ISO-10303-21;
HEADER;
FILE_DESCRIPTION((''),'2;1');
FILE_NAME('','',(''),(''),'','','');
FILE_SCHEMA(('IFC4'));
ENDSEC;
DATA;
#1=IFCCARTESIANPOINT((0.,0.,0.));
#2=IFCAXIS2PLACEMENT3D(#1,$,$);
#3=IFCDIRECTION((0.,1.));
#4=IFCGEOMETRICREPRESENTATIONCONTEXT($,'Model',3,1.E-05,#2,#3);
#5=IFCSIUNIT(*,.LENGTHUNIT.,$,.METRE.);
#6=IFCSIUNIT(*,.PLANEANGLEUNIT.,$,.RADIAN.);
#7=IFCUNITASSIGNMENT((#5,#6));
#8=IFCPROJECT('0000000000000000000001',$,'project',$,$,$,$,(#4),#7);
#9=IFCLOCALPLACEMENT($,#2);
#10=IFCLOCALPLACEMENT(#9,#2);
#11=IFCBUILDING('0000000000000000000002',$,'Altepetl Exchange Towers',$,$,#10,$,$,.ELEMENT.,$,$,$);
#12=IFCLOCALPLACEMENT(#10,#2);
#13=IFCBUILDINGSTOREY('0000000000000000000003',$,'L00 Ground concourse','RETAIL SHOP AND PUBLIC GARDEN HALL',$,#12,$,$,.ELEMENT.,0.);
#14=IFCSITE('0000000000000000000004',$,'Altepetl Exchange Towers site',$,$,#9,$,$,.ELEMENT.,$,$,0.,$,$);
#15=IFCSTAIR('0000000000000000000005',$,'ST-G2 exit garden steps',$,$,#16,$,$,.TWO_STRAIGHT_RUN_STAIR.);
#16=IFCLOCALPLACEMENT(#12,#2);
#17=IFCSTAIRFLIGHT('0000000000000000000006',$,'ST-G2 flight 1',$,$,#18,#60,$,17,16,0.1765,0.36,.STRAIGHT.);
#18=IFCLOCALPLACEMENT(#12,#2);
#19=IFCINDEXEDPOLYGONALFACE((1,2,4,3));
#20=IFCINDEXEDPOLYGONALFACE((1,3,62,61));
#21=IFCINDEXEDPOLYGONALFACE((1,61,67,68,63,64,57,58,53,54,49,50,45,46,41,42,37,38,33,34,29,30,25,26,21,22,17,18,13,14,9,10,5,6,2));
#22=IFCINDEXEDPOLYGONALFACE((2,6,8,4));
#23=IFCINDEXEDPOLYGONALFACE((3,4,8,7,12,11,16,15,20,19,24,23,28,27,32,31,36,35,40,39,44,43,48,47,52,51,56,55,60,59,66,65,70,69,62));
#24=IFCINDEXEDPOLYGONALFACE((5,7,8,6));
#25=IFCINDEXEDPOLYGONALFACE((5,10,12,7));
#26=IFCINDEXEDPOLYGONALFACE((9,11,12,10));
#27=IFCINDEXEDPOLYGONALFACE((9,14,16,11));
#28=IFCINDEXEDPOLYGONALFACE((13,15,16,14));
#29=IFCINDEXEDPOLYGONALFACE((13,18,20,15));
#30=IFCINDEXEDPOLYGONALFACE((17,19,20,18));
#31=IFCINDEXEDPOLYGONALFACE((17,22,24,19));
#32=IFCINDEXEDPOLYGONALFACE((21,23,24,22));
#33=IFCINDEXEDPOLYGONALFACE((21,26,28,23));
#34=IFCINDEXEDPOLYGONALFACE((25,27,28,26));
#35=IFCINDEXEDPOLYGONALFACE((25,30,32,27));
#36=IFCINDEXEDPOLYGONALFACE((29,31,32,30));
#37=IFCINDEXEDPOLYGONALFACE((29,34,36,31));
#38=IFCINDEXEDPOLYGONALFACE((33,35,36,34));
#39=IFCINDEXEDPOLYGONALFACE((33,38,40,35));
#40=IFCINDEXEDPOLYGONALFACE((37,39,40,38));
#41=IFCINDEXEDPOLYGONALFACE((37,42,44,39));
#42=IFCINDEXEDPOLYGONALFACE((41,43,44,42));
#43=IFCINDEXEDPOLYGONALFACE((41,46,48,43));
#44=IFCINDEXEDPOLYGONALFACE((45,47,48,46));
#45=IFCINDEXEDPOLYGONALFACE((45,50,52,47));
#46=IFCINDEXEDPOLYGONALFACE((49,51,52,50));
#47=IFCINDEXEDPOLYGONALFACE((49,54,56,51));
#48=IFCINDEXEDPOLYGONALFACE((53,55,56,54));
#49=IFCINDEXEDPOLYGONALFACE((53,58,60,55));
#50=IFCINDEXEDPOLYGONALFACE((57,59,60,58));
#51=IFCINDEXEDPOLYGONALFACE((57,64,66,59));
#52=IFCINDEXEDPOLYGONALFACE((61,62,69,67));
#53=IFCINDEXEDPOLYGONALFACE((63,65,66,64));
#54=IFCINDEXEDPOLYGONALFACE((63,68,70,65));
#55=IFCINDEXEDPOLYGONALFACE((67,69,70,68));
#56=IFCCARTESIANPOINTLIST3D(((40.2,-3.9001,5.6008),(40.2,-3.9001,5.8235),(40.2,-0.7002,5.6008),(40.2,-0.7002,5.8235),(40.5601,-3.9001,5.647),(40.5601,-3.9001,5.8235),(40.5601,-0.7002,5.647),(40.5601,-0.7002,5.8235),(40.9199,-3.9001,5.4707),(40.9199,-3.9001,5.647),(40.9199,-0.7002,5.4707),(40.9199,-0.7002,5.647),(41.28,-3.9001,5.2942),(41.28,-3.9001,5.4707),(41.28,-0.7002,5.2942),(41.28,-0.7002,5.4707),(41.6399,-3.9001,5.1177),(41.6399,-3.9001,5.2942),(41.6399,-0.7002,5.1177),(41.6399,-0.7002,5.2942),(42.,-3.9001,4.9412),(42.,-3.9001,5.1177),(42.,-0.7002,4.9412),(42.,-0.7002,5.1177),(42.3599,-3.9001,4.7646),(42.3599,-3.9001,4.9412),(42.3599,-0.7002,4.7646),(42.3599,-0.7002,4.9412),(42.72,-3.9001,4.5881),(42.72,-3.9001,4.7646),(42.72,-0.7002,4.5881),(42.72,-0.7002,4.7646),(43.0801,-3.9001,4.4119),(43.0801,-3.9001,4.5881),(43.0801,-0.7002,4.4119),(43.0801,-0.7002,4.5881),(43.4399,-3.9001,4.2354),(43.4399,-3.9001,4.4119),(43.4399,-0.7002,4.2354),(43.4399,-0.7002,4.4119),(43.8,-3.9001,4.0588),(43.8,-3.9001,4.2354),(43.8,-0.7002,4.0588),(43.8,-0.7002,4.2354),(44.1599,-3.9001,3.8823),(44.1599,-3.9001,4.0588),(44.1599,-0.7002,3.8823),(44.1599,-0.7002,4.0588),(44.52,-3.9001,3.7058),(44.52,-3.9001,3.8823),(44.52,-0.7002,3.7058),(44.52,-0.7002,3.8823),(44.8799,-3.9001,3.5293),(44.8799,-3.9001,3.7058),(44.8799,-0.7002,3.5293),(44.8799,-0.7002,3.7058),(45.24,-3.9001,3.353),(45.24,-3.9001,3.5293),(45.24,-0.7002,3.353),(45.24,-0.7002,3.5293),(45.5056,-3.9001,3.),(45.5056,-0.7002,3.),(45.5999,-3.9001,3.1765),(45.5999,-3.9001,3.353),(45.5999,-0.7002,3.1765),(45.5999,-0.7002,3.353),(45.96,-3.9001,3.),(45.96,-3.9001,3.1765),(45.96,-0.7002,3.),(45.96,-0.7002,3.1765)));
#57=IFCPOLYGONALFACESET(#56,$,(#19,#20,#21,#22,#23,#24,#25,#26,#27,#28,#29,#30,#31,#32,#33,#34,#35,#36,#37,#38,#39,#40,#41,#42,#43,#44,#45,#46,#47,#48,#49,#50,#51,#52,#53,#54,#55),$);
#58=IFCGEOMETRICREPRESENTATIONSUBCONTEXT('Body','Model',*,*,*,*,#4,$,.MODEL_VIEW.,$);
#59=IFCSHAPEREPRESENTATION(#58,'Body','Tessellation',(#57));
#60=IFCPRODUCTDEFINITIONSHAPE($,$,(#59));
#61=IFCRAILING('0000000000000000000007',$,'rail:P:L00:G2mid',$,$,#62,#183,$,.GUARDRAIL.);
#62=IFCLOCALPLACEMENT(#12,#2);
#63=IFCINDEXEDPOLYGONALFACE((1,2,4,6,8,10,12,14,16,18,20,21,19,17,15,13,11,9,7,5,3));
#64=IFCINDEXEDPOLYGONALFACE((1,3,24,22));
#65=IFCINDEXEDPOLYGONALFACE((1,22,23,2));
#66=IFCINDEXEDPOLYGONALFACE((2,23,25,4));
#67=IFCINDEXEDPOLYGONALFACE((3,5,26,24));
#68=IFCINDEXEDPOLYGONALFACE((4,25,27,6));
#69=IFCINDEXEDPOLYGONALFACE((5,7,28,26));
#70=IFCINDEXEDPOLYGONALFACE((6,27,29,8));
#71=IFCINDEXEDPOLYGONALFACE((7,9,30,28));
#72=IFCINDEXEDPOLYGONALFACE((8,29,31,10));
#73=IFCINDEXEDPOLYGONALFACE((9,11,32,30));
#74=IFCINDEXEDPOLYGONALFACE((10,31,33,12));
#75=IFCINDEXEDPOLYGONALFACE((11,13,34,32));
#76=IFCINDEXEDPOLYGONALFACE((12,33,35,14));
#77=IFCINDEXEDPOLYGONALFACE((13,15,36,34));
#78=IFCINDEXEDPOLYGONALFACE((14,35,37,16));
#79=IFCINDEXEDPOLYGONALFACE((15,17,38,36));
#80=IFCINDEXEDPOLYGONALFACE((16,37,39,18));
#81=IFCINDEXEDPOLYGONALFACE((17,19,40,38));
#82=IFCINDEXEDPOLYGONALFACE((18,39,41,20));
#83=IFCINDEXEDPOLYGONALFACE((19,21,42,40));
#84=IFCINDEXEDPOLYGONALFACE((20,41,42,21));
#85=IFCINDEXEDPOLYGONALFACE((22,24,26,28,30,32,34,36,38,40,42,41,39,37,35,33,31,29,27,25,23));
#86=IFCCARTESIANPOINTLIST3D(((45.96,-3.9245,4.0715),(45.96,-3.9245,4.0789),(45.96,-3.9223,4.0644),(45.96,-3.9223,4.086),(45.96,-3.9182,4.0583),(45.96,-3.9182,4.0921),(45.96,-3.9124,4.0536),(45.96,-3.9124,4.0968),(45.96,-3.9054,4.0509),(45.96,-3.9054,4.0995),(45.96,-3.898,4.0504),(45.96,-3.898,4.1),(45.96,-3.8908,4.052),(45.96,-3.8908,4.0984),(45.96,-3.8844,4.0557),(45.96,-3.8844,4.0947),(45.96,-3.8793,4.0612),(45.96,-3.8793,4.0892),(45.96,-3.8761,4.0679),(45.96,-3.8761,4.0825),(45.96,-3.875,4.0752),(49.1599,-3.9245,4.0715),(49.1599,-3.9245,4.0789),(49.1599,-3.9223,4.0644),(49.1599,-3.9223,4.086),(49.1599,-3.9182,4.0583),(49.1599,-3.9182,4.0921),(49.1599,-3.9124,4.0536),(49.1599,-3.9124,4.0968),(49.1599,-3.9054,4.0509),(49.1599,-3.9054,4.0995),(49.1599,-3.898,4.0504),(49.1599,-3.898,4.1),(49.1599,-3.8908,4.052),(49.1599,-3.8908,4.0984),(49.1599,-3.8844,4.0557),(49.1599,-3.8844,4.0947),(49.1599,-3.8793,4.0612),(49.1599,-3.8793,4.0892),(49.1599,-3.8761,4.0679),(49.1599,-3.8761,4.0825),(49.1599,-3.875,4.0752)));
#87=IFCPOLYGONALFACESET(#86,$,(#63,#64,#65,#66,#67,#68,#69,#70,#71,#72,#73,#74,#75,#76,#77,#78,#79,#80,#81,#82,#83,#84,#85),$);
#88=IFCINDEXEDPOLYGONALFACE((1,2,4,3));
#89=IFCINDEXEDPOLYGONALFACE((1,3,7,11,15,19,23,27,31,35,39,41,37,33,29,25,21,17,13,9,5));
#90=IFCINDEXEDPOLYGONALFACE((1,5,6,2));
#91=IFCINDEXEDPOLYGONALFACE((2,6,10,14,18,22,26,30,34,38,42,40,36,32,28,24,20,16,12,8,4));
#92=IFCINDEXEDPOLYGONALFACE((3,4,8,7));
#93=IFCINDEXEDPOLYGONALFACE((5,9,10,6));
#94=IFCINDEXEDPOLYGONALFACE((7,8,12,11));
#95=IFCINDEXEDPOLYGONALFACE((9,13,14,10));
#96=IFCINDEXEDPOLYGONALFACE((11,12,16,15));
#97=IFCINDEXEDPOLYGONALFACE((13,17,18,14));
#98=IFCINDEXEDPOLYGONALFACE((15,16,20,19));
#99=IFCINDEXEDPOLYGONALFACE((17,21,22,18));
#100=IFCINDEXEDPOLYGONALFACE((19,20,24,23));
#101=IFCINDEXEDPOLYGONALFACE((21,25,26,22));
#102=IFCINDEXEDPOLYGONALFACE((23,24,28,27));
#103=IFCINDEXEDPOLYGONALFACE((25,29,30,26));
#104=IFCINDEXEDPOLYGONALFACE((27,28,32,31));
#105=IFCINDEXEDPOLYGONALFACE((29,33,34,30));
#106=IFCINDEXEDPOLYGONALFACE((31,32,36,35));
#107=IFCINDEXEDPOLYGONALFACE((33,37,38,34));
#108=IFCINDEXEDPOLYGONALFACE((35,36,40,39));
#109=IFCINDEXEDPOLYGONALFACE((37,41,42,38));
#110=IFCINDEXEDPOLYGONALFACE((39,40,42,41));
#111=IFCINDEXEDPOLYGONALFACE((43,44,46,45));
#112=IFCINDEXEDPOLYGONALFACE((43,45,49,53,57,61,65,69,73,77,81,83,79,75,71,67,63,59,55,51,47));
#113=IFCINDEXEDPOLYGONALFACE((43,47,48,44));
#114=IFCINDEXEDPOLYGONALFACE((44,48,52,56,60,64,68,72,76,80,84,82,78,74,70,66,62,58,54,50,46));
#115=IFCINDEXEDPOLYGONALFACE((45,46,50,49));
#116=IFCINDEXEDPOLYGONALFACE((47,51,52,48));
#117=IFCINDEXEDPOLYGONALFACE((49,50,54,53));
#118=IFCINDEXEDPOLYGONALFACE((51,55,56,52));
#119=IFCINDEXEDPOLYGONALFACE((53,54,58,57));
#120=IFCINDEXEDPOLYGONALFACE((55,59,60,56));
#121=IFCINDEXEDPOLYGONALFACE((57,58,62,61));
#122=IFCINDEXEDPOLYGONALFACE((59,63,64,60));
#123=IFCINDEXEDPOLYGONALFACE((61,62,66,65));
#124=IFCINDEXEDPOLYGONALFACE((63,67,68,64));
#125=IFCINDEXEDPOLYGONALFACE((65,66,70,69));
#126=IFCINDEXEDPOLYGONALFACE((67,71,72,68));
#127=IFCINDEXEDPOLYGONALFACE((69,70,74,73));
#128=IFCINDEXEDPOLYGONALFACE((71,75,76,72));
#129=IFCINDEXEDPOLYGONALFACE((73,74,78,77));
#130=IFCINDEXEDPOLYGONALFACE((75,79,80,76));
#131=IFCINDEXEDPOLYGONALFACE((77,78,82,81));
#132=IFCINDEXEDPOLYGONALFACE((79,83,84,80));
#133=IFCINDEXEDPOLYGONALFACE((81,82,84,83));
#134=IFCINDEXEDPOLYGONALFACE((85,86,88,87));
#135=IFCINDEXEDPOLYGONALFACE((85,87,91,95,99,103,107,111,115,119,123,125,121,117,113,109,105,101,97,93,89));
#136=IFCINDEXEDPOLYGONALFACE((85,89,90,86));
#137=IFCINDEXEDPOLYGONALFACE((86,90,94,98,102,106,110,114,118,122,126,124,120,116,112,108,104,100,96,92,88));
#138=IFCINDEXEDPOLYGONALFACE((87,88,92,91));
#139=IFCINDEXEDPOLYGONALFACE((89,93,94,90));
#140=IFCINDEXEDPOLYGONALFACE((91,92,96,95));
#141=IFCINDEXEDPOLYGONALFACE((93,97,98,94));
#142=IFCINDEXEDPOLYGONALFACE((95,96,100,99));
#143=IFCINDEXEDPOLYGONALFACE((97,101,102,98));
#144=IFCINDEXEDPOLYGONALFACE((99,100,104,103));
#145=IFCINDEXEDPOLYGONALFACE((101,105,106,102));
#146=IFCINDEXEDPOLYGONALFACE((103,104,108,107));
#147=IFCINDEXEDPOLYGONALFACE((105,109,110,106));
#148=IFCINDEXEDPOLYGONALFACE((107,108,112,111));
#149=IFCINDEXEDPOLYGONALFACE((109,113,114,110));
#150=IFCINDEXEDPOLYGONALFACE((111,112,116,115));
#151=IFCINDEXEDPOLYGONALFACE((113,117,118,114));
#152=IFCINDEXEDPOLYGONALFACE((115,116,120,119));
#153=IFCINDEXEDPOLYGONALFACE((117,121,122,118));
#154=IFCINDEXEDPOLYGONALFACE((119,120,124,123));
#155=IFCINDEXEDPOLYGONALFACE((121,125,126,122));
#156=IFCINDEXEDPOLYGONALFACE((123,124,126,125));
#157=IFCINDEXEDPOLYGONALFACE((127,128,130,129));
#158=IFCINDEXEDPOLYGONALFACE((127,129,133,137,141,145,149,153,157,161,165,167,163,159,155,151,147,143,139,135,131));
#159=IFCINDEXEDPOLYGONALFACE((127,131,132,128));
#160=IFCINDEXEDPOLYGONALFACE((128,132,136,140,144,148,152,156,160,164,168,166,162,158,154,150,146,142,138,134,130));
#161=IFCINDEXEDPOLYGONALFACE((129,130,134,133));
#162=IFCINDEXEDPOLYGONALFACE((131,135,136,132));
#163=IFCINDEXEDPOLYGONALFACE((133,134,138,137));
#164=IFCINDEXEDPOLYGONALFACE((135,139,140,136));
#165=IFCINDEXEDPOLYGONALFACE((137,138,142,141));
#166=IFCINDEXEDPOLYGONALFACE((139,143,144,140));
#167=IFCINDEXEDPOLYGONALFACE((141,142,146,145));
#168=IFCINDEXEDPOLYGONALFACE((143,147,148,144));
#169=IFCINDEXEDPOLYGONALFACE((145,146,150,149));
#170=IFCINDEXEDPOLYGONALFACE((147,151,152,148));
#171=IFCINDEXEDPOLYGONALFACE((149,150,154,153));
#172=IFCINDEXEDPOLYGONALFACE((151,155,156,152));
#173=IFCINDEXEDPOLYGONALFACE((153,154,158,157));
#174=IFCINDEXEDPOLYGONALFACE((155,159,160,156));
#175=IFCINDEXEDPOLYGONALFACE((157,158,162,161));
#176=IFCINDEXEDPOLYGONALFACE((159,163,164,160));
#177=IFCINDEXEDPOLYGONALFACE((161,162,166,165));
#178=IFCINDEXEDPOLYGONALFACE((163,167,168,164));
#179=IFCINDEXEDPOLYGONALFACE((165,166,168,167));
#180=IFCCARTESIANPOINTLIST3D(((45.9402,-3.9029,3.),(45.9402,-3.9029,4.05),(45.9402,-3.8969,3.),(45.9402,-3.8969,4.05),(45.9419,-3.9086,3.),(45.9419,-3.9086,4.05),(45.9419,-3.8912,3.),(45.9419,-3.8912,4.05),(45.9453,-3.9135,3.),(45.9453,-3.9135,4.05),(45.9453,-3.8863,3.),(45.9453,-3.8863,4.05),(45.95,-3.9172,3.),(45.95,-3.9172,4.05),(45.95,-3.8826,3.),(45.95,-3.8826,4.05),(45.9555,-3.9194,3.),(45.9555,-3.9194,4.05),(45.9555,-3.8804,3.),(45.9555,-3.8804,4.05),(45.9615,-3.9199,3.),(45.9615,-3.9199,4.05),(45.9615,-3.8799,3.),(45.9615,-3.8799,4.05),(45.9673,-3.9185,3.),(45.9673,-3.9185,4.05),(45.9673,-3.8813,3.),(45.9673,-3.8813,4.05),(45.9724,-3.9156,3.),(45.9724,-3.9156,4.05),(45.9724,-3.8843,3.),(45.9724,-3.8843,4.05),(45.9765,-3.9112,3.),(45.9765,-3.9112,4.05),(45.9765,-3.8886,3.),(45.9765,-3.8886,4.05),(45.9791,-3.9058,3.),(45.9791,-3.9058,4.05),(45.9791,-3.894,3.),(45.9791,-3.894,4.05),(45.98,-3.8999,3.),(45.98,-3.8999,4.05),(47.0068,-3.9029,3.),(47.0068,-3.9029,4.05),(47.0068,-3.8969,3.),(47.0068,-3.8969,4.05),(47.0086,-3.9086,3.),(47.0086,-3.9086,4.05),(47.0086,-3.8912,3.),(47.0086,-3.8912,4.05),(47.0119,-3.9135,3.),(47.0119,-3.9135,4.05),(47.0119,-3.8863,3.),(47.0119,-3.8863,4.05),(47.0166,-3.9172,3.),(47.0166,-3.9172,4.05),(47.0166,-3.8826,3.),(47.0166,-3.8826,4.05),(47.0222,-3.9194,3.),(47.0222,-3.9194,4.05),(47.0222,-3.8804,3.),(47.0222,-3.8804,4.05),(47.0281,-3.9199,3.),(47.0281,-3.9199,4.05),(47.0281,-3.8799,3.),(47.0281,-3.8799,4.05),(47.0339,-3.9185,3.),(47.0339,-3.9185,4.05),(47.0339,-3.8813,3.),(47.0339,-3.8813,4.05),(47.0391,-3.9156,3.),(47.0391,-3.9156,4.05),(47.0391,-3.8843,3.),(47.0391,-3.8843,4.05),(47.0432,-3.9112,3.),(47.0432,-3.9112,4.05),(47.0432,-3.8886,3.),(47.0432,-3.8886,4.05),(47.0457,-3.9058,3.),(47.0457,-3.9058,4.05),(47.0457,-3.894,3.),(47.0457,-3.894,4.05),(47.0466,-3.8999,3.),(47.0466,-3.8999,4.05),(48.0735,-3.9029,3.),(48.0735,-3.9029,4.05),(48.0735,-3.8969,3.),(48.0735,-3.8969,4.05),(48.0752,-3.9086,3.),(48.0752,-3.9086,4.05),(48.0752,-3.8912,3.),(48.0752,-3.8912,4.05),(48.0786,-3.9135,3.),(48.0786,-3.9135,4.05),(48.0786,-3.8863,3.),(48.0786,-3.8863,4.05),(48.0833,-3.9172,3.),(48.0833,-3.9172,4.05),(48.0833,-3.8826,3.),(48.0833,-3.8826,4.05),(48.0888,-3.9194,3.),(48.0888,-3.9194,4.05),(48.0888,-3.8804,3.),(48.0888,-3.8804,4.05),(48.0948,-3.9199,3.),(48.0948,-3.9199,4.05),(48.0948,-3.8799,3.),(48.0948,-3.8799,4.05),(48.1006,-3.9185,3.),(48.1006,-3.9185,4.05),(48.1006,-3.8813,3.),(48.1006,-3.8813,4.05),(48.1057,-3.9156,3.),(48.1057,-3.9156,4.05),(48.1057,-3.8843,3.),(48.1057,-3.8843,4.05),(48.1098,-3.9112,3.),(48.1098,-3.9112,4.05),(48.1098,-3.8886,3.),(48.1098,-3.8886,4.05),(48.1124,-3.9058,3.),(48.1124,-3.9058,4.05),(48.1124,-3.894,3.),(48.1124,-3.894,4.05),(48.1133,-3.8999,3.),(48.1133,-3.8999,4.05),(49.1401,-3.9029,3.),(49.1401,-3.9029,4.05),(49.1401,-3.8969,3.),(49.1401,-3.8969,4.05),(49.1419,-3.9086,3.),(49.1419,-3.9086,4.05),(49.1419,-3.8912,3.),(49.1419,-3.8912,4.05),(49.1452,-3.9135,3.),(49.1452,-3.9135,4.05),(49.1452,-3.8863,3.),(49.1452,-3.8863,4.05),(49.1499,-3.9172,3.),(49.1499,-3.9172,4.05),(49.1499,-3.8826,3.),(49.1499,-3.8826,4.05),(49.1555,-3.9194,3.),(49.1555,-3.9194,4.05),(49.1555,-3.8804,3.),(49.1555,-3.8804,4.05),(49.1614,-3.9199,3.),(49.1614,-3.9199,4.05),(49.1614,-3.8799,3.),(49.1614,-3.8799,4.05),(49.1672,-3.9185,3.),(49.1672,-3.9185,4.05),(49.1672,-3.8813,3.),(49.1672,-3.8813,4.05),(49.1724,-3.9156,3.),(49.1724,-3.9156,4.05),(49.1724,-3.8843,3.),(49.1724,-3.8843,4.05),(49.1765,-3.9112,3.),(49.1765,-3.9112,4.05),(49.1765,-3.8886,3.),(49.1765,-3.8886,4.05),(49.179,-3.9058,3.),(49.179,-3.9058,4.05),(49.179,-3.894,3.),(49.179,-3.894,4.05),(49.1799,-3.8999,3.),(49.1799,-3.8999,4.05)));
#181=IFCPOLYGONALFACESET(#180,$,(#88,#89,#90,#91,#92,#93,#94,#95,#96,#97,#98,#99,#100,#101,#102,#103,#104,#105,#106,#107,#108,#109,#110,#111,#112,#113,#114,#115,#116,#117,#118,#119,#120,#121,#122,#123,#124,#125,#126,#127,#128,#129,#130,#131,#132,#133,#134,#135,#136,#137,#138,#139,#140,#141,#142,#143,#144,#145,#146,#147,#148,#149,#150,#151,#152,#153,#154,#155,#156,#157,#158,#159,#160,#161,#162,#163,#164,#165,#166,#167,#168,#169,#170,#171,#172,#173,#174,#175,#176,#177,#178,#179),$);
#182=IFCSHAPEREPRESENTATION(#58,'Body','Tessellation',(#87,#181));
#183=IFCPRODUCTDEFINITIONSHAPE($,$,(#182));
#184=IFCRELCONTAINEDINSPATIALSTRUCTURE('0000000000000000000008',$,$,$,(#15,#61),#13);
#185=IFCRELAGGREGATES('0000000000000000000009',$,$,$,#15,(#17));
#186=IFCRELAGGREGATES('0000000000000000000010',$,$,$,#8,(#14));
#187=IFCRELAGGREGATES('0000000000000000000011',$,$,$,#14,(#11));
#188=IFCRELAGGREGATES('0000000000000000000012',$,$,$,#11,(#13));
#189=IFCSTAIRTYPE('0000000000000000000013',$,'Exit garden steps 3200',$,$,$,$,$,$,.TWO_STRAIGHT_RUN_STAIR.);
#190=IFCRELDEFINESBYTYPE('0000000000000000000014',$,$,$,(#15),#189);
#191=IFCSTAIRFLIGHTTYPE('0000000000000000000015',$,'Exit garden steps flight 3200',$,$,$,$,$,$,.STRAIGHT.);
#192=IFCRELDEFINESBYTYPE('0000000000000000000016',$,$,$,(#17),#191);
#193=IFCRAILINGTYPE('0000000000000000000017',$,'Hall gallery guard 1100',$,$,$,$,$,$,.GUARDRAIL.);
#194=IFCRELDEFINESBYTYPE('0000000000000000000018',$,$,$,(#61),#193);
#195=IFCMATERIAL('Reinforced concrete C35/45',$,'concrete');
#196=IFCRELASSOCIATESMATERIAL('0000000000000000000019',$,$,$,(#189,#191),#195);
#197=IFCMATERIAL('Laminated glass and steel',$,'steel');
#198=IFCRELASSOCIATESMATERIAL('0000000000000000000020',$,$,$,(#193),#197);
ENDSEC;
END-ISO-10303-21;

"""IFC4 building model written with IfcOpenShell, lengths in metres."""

from ifc_helpers import new_model, si_unit, direction, frame, origin, origin_2d, place, context, subcontext, project, spatial, polyline, circle, outline, extrude, source, transform, mapped, material, type_object, element, aggregate, save


model = new_model("IFC4")

# Units and contexts
model_context = context("Model", 3, precision=1e-05, world=origin(), true_north=direction((0.0, 1.0)))
body_context = subcontext(model_context, "Body", "Model", "MODEL_VIEW")
ifc_project = project(units=[si_unit("LENGTHUNIT", "METRE"), si_unit("PLANEANGLEUNIT", "RADIAN")], contexts=[model_context])

# Site, building, storey
site_placement = place(None, origin())
site = spatial("IfcSite", under=ifc_project, at=site_placement, Name="Altepetl Exchange Towers site", CompositionType="ELEMENT", RefElevation=0.0)
building_placement = place(site_placement, origin())
building = spatial("IfcBuilding", under=site, at=building_placement, Name="Altepetl Exchange Towers", CompositionType="ELEMENT")
storey_placement = place(building_placement, origin())
storey = spatial("IfcBuildingStorey", under=building, at=storey_placement, Name="L00 Ground concourse", Description="RETAIL SHOP AND PUBLIC GARDEN HALL", CompositionType="ELEMENT", Elevation=0.0)

# Stair, stair flight
ifc_material_1 = material(Name="Reinforced concrete C35/45", Category="concrete")
stair_type = type_object("IfcStairType", Name="Exit garden steps 3200", PredefinedType="TWO_STRAIGHT_RUN_STAIR", material=ifc_material_1)
stair_placement = place(storey_placement, origin())
stair = element("IfcStair", 1, at=stair_placement, inside=storey, type_object=stair_type, Name="ST-G2 exit garden steps", PredefinedType="TWO_STRAIGHT_RUN_STAIR")
stair_flight_type = type_object("IfcStairFlightType", Name="Exit garden steps flight 3200", PredefinedType="STRAIGHT", material=ifc_material_1)
stair_flight_placement = place(storey_placement, frame((45.96, -2.3, 3.0), z_axis=(0.0, 0.0, 1.0), x_axis=(-1.0, 0.0, 0.0)))
stair_flight = element("IfcStairFlight", 2, at=stair_flight_placement, type_object=stair_flight_type, Name="ST-G2 flight 1", NumberOfRisers=17, NumberOfTreads=16, PredefinedType="STRAIGHT", RiserHeight=0.1765, TreadLength=0.36, context=body_context, shape_type="SweptSolid", body=[
    extrude(outline(polyline([(0.0, 0.0), (0.0, 0.1765), (0.3601, 0.1765), (0.3601, 0.353), (0.72, 0.353), (0.72, 0.5293), (1.0801, 0.5293), (1.0801, 0.7058), (1.4399, 0.7058), (1.4399, 0.8823), (1.8, 0.8823), (1.8, 1.0588), (2.1599, 1.0588), (2.1599, 1.2354), (2.52, 1.2354), (2.52, 1.4119), (2.8799, 1.4119), (2.8799, 1.5881), (3.24, 1.5881), (3.24, 1.7646), (3.6001, 1.7646), (3.6001, 1.9412), (3.96, 1.9412), (3.96, 2.1177), (4.3201, 2.1177), (4.3201, 2.2942), (4.6799, 2.2942), (4.6799, 2.4707), (5.04, 2.4707), (5.04, 2.647), (5.3999, 2.647), (5.3999, 2.8235), (5.76, 2.8235), (5.76, 3.0), (5.76, 2.6008), (0.4543, 0.0), (0.0, 0.0)])), frame((0.0, 1.6001, 0.0), z_axis=(0.0, -1.0, 0.0), x_axis=(1.0, 0.0, 0.0)), (0.0, 0.0, 1.0), 3.2),
])
aggregate(stair, [stair_flight])

# Railing
ifc_material_2 = material(Name="Laminated glass and steel", Category="steel")
railing_type_1 = type_object("IfcRailingType", Name="Hall gallery guard 1100", PredefinedType="GUARDRAIL", material=ifc_material_2)
shared_shape_1 = source(origin(), body_context, "Body", "SweptSolid", [
    extrude(circle(Radius=0.02, at=origin_2d()), origin(), (0.0, 0.0, 1.0), 1.05),
])
for number, where, name in (
    (3, (45.96, -3.8999, 3.0), "rail:P:L00:G2mid"),
):
    element("IfcRailing", number, at=place(storey_placement, frame(where)), inside=storey, type_object=railing_type_1, Name=name, PredefinedType="GUARDRAIL", context=body_context, shape_type="SweptSolid", body=[
        extrude(circle(Radius=0.0249, at=origin_2d()), frame((0.0, 0.0, 1.0752), z_axis=(1.0, 0.0, 0.0), x_axis=(0.0, 1.0, 0.0)), (0.0, 0.0, 1.0), 3.2),
        mapped(shared_shape_1, transform((0.0, 0.0, 0.0))),
        mapped(shared_shape_1, transform((1.0667, 0.0, 0.0))),
        mapped(shared_shape_1, transform((2.1333, 0.0, 0.0))),
        mapped(shared_shape_1, transform((3.2, 0.0, 0.0))),
    ])

save(model, "model.ifc")
